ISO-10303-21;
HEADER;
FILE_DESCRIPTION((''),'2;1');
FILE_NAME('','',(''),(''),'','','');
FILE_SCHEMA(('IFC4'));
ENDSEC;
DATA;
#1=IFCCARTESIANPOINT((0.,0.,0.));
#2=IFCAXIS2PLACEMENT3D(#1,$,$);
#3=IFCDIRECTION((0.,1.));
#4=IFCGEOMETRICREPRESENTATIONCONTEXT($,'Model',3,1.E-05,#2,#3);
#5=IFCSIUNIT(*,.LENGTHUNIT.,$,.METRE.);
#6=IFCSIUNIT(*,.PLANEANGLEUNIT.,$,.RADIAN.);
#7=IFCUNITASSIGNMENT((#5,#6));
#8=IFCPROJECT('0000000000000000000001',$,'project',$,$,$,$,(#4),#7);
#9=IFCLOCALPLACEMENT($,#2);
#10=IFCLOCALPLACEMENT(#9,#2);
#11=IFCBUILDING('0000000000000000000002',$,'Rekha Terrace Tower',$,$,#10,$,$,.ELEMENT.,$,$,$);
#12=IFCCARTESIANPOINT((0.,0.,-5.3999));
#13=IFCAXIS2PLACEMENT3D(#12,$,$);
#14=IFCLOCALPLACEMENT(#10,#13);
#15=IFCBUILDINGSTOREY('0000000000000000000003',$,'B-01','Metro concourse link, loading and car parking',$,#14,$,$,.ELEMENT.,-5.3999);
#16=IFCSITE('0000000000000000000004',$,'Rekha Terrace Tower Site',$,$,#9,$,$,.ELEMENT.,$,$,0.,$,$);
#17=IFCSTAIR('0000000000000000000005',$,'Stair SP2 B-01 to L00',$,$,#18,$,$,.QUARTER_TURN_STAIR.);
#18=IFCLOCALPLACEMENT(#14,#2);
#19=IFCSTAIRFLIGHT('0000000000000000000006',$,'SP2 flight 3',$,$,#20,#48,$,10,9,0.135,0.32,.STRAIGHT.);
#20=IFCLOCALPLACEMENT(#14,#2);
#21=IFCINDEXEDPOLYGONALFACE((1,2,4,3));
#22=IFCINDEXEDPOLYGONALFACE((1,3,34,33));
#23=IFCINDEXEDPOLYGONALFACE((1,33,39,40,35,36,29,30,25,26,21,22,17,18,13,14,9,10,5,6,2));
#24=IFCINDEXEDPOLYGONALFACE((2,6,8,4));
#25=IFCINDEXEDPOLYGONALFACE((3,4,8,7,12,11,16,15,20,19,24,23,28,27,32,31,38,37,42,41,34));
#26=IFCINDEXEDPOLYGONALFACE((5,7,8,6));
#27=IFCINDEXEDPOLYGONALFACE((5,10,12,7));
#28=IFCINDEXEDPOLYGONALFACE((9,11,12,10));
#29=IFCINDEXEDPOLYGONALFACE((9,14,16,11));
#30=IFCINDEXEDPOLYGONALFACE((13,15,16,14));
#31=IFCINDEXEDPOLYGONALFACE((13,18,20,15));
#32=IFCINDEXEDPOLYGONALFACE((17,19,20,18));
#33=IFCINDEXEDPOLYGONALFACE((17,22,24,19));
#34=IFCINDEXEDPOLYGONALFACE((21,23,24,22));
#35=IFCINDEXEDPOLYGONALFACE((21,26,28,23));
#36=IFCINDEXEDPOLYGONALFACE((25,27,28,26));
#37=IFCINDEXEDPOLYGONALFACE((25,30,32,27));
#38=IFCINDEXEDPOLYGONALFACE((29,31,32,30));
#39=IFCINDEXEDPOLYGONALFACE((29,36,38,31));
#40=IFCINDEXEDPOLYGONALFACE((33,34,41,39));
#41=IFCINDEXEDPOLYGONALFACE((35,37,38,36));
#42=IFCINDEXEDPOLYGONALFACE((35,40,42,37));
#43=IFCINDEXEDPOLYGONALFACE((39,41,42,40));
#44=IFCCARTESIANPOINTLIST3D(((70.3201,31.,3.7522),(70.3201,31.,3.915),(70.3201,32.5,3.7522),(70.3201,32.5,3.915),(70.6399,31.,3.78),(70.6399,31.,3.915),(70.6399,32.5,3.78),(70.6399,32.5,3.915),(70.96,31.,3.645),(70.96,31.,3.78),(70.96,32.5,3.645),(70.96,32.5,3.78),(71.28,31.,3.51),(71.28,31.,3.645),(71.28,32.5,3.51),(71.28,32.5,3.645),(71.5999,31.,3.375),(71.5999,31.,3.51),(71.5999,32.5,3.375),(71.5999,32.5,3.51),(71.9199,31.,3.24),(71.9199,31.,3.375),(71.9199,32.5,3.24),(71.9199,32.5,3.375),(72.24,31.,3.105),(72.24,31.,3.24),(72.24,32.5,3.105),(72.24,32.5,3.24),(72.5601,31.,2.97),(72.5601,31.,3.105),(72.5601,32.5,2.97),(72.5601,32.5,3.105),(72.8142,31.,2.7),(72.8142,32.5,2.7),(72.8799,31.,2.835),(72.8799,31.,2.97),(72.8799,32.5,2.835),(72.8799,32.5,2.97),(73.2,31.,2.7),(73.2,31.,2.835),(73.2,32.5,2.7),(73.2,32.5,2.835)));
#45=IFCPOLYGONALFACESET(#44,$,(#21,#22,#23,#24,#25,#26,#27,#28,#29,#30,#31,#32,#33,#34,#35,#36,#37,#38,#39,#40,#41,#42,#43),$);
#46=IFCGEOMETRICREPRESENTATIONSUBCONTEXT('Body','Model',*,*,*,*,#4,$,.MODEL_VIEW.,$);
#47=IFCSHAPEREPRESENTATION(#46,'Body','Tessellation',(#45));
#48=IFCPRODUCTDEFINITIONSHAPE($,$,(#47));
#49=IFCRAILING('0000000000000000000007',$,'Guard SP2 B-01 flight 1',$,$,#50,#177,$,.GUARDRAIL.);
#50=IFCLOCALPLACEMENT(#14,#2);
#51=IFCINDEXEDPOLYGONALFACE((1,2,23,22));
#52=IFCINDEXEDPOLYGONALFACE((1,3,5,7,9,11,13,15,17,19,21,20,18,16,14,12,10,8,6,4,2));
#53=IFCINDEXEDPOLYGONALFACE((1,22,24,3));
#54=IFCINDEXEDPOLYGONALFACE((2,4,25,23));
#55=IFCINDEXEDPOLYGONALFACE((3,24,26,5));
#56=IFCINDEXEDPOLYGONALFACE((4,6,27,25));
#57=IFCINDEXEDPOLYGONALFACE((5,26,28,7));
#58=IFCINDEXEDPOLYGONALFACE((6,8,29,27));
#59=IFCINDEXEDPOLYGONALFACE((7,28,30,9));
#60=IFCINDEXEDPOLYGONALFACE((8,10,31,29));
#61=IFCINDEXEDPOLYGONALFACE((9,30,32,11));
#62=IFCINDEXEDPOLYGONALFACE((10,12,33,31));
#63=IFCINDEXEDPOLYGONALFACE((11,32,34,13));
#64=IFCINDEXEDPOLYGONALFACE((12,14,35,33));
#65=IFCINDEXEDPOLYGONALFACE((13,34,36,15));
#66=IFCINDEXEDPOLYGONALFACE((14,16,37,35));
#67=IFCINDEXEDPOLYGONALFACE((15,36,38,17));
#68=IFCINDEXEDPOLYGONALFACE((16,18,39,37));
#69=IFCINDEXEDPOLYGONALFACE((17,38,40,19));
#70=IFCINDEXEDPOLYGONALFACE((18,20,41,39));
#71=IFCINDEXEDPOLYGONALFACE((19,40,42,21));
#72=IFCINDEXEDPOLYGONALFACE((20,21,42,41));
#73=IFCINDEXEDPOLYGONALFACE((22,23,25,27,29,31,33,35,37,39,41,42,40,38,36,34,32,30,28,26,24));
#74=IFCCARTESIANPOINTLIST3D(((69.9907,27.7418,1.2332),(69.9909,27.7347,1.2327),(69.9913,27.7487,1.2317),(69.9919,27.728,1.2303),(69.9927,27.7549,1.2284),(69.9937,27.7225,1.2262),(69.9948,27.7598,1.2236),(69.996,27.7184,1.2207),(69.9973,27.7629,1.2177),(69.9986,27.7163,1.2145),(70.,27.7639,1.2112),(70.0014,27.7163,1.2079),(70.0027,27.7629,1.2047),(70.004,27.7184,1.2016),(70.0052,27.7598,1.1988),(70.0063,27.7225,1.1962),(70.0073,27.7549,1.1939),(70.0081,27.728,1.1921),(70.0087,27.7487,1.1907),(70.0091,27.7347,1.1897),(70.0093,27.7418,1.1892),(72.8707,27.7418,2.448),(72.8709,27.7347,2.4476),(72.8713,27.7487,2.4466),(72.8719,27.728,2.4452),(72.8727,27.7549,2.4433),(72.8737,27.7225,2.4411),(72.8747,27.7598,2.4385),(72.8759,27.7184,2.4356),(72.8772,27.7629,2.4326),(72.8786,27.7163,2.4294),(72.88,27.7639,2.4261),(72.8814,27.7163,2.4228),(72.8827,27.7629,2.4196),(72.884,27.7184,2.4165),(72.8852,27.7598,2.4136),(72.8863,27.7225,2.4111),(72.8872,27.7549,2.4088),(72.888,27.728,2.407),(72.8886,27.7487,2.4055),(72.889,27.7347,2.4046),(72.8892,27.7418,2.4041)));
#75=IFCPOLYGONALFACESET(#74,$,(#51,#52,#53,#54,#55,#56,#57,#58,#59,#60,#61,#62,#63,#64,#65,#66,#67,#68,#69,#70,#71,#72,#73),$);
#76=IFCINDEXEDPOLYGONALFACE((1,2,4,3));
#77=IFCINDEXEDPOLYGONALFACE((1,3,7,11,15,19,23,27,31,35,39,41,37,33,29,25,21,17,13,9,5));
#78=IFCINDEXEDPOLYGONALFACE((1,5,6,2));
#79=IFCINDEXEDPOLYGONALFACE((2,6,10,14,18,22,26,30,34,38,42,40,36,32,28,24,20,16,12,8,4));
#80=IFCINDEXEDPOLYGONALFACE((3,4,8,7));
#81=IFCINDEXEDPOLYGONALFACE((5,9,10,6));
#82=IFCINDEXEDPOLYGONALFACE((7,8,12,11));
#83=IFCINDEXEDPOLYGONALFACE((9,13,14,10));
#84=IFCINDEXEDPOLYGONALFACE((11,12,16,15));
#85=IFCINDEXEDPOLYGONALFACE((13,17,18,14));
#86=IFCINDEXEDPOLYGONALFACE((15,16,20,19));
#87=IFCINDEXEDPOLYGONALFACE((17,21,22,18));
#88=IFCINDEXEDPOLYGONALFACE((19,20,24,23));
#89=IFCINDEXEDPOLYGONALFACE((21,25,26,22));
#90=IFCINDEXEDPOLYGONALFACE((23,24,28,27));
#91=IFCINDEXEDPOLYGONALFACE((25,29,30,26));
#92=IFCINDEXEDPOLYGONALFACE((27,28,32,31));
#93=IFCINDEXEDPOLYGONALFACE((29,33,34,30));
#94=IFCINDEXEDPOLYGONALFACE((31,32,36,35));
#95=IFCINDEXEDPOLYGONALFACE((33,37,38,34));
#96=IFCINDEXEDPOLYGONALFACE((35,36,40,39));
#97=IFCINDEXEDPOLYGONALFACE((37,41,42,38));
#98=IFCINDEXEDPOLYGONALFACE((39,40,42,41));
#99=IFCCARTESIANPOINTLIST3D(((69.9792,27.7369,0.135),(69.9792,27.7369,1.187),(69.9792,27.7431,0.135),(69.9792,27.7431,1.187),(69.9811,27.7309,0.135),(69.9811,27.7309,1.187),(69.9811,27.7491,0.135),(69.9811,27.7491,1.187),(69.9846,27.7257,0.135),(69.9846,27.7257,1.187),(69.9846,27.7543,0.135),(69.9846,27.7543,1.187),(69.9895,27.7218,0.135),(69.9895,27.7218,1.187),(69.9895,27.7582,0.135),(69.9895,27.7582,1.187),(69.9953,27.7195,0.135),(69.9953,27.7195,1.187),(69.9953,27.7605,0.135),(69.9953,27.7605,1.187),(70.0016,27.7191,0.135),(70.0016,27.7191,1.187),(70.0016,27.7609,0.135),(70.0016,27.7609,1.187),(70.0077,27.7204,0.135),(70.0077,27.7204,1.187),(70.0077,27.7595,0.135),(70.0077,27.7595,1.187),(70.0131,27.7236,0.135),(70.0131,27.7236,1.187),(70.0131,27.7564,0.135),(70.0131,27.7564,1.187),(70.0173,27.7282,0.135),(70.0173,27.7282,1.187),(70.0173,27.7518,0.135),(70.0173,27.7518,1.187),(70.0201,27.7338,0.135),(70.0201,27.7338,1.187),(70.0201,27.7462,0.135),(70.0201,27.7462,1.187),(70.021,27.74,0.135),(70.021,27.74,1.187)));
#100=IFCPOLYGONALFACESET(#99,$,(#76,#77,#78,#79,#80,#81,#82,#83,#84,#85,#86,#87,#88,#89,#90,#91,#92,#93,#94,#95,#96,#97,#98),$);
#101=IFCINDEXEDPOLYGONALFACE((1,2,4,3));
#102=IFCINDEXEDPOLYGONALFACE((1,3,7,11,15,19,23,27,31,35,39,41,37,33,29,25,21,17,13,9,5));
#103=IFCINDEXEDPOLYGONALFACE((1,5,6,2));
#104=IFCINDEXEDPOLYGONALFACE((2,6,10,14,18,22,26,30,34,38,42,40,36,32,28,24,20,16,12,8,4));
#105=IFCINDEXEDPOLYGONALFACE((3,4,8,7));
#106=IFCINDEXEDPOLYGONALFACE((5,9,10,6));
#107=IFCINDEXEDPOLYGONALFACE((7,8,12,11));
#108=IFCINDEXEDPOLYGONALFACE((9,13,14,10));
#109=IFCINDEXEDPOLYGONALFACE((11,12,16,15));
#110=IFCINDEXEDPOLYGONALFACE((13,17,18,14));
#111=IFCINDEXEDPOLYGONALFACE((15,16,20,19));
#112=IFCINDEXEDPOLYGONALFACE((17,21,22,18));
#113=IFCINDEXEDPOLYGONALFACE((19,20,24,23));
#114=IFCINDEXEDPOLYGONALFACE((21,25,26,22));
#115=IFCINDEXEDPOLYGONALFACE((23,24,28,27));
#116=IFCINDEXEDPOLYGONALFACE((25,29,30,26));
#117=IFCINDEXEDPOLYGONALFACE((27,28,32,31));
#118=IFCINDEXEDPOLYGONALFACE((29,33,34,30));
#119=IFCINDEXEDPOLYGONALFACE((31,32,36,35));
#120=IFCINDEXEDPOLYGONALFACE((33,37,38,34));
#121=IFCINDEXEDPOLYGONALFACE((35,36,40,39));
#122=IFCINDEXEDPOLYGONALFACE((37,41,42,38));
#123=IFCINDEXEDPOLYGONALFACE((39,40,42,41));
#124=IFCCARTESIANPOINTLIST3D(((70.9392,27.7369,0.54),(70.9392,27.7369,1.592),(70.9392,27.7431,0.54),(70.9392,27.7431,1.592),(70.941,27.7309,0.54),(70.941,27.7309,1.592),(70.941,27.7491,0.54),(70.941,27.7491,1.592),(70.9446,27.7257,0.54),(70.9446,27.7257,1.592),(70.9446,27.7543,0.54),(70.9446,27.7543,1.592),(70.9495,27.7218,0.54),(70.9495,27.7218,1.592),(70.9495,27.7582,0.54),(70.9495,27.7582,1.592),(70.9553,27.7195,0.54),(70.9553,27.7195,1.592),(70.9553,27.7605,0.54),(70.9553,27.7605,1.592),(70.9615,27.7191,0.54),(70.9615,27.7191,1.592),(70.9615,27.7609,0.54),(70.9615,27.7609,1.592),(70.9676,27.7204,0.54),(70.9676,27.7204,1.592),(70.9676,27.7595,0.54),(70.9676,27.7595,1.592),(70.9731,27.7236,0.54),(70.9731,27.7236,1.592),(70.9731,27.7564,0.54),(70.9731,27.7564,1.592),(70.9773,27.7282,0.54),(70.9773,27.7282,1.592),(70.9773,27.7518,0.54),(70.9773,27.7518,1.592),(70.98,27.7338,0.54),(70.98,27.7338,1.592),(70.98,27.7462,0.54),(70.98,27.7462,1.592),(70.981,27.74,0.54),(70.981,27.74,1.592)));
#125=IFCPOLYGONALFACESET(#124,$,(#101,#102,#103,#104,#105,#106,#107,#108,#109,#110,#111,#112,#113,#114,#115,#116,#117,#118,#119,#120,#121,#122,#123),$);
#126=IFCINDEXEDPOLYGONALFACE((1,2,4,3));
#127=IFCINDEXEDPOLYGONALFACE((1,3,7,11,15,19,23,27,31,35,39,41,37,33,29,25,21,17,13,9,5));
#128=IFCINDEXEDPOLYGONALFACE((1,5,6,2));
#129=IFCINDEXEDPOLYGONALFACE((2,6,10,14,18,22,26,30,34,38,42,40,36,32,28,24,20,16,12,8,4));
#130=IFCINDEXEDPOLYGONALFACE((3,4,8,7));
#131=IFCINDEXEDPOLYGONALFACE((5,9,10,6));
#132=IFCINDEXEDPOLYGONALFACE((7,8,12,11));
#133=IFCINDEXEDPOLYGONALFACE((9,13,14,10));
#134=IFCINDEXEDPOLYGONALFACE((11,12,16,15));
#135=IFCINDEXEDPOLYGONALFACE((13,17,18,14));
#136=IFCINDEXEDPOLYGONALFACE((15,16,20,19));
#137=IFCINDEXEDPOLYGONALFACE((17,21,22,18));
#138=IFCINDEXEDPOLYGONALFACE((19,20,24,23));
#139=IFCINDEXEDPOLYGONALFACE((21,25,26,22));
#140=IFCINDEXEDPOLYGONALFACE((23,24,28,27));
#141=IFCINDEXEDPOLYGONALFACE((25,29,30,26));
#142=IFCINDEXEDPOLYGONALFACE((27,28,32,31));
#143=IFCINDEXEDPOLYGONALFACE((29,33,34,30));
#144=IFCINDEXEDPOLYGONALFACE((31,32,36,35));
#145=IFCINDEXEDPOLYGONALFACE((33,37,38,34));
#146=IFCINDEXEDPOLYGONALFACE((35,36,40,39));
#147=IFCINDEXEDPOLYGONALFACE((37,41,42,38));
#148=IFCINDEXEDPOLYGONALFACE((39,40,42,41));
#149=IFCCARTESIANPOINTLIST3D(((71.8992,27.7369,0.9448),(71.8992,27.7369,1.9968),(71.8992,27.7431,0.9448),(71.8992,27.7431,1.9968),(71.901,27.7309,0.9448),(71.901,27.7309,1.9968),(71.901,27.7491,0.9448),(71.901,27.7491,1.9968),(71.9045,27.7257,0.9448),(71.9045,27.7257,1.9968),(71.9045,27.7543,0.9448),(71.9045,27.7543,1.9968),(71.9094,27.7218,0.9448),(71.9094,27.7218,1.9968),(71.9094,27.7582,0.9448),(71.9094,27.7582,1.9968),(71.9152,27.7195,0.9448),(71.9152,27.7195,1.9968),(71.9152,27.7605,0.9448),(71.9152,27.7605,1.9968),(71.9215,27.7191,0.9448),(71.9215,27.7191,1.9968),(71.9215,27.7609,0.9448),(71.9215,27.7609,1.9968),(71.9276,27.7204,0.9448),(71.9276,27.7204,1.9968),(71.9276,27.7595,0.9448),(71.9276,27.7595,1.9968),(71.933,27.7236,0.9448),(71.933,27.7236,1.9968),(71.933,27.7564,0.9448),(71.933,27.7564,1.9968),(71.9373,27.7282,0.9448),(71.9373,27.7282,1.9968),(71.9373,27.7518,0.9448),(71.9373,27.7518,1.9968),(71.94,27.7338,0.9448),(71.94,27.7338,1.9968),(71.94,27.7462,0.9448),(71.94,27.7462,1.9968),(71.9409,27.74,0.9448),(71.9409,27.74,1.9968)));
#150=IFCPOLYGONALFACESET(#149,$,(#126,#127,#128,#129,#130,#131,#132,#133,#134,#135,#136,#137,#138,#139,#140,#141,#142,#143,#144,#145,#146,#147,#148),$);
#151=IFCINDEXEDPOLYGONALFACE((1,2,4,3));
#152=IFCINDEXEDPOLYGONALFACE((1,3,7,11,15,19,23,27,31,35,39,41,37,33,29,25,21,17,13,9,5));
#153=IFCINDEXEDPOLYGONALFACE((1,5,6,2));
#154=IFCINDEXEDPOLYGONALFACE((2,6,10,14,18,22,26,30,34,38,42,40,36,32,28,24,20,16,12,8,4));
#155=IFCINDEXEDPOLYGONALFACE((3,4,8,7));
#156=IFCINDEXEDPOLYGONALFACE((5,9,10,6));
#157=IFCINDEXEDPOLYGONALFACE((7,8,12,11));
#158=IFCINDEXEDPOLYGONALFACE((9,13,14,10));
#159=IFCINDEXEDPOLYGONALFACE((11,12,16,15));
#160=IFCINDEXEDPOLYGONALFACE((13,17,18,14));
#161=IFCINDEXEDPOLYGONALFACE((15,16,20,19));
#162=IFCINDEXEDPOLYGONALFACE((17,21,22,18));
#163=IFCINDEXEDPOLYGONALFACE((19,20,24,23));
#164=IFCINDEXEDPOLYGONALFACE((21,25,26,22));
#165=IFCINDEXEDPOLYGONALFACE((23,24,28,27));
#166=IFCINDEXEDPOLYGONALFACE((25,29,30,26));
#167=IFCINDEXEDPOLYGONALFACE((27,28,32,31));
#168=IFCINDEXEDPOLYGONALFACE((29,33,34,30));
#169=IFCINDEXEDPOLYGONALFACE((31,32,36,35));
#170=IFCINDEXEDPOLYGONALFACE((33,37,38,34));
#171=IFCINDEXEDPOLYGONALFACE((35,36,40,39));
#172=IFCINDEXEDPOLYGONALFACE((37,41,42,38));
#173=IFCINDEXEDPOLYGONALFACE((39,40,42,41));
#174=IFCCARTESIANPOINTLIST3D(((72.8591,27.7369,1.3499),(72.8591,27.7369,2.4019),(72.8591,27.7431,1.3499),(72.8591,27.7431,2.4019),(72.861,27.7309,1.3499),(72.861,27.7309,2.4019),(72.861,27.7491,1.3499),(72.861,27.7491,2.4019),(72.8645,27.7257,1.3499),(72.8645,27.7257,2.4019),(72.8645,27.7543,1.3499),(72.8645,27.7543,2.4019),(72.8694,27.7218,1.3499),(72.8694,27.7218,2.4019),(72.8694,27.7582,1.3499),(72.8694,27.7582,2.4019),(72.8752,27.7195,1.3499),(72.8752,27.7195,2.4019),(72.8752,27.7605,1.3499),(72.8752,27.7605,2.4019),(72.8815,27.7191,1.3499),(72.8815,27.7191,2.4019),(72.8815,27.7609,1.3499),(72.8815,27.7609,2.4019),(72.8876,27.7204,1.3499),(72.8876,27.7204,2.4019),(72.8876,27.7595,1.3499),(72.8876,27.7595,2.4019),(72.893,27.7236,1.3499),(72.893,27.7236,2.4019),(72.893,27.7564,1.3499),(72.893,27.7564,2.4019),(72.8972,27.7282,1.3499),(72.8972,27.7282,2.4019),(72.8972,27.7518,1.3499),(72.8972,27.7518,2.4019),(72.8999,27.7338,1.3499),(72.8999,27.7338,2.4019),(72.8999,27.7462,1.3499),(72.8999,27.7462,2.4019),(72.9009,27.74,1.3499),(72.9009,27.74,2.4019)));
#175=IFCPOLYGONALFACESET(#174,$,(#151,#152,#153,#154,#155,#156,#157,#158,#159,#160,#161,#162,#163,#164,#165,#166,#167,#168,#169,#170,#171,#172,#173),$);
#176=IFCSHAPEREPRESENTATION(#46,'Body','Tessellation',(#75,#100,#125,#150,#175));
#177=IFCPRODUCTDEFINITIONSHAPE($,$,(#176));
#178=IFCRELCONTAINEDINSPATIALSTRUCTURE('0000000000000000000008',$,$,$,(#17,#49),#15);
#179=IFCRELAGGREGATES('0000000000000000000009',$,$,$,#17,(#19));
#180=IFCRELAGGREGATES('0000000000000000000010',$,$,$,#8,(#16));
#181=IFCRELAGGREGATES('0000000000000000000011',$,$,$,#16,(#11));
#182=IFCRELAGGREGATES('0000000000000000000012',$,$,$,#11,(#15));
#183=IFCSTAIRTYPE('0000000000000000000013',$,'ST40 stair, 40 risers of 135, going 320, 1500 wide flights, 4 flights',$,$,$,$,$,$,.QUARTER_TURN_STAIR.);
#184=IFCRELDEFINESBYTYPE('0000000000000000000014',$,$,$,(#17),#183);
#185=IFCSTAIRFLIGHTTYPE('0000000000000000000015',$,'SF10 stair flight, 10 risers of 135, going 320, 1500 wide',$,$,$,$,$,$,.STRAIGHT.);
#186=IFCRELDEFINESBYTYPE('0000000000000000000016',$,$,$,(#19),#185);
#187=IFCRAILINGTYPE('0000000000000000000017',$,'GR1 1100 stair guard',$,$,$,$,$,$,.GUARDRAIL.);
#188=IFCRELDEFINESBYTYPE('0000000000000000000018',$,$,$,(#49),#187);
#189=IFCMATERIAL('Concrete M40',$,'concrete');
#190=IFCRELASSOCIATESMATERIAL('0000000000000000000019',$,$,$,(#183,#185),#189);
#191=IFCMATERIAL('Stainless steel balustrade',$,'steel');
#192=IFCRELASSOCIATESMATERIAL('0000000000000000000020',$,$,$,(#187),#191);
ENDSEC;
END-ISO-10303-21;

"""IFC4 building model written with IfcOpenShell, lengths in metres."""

from ifc_helpers import new_model, si_unit, direction, frame, origin, origin_2d, place, context, subcontext, project, spatial, polyline, circle, outline, extrude, material, type_object, element, aggregate, save


model = new_model("IFC4")

# Units and contexts
model_context = context("Model", 3, precision=1e-05, world=origin(), true_north=direction((0.0, 1.0)))
body_context = subcontext(model_context, "Body", "Model", "MODEL_VIEW")
ifc_project = project(units=[si_unit("LENGTHUNIT", "METRE"), si_unit("PLANEANGLEUNIT", "RADIAN")], contexts=[model_context])

# Site, building, storey
site_placement = place(None, origin())
site = spatial("IfcSite", under=ifc_project, at=site_placement, Name="Rekha Terrace Tower Site", CompositionType="ELEMENT", RefElevation=0.0)
building_placement = place(site_placement, origin())
building = spatial("IfcBuilding", under=site, at=building_placement, Name="Rekha Terrace Tower", CompositionType="ELEMENT")
storey_placement = place(building_placement, frame((0.0, 0.0, -5.3999)))
storey = spatial("IfcBuildingStorey", under=building, at=storey_placement, Name="B-01", Description="Metro concourse link, loading and car parking", CompositionType="ELEMENT", Elevation=-5.3999)

# Shared definitions
ifc_material_1 = material(Name="Concrete M40", Category="concrete")

# Stair, stair flight
stair_type = type_object("IfcStairType", Name="ST40 stair, 40 risers of 135, going 320, 1500 wide flights, 4 flights", PredefinedType="QUARTER_TURN_STAIR", material=ifc_material_1)
stair_placement = place(storey_placement, origin())
stair = element("IfcStair", 1, at=stair_placement, inside=storey, type_object=stair_type, Name="Stair SP2 B-01 to L00", PredefinedType="QUARTER_TURN_STAIR")
stair_flight_type = type_object("IfcStairFlightType", Name="SF10 stair flight, 10 risers of 135, going 320, 1500 wide", PredefinedType="STRAIGHT", material=ifc_material_1)
stair_flight_1_placement = place(storey_placement, frame((73.2, 31.75, 2.7), z_axis=(0.0, 0.0, 1.0), x_axis=(-1.0, 0.0, 0.0)))
stair_flight_1 = element("IfcStairFlight", 2, at=stair_flight_1_placement, type_object=stair_flight_type, Name="SP2 flight 3", NumberOfRisers=10, NumberOfTreads=9, PredefinedType="STRAIGHT", RiserHeight=0.135, TreadLength=0.32, context=body_context, shape_type="SweptSolid", body=[
    extrude(outline(polyline([(0.0, 0.0), (0.0, 0.135), (0.3201, 0.135), (0.3201, 0.27), (0.6399, 0.27), (0.6399, 0.405), (0.96, 0.405), (0.96, 0.54), (1.28, 0.54), (1.28, 0.675), (1.6001, 0.675), (1.6001, 0.8101), (1.9199, 0.8101), (1.9199, 0.9451), (2.24, 0.9451), (2.24, 1.0801), (2.5601, 1.0801), (2.5601, 1.2151), (2.8799, 1.2151), (2.8799, 1.3501), (2.8799, 1.0522), (0.3857, 0.0), (0.0, 0.0)])), frame((0.0, 0.75, 0.0), z_axis=(0.0, -1.0, 0.0), x_axis=(1.0, 0.0, 0.0)), (0.0, 0.0, 1.0), 1.5),
])
aggregate(stair, [stair_flight_1])

# Railing
ifc_material_2 = material(Name="Stainless steel balustrade", Category="steel")
railing_type_1 = type_object("IfcRailingType", Name="GR1 1100 stair guard", PredefinedType="GUARDRAIL", material=ifc_material_2)
railing_1_placement = place(storey_placement, frame((70.0, 27.74, 0.135)))
element("IfcRailing", 3, at=railing_1_placement, inside=storey, type_object=railing_type_1, Name="Guard SP2 B-01 flight 1", PredefinedType="GUARDRAIL", context=body_context, shape_type="SweptSolid", body=[
    extrude(circle(Radius=0.0239, at=origin_2d()), frame((0.0, 0.0, 1.0762), z_axis=(0.921376, 0.0, 0.388671), x_axis=(0.0, 1.0, 0.0)), (0.0, 0.0, 1.0), 3.1257),
    extrude(circle(Radius=0.021, at=origin_2d()), origin(), (0.0, 0.0, 1.0), 1.052),
    extrude(circle(Radius=0.021, at=origin_2d()), frame((0.96, 0.0, 0.405)), (0.0, 0.0, 1.0), 1.052),
    extrude(circle(Radius=0.021, at=origin_2d()), frame((1.9199, 0.0, 0.8098)), (0.0, 0.0, 1.0), 1.052),
    extrude(circle(Radius=0.021, at=origin_2d()), frame((2.8799, 0.0, 1.2148)), (0.0, 0.0, 1.0), 1.052),
])

save(model, "model.ifc")
